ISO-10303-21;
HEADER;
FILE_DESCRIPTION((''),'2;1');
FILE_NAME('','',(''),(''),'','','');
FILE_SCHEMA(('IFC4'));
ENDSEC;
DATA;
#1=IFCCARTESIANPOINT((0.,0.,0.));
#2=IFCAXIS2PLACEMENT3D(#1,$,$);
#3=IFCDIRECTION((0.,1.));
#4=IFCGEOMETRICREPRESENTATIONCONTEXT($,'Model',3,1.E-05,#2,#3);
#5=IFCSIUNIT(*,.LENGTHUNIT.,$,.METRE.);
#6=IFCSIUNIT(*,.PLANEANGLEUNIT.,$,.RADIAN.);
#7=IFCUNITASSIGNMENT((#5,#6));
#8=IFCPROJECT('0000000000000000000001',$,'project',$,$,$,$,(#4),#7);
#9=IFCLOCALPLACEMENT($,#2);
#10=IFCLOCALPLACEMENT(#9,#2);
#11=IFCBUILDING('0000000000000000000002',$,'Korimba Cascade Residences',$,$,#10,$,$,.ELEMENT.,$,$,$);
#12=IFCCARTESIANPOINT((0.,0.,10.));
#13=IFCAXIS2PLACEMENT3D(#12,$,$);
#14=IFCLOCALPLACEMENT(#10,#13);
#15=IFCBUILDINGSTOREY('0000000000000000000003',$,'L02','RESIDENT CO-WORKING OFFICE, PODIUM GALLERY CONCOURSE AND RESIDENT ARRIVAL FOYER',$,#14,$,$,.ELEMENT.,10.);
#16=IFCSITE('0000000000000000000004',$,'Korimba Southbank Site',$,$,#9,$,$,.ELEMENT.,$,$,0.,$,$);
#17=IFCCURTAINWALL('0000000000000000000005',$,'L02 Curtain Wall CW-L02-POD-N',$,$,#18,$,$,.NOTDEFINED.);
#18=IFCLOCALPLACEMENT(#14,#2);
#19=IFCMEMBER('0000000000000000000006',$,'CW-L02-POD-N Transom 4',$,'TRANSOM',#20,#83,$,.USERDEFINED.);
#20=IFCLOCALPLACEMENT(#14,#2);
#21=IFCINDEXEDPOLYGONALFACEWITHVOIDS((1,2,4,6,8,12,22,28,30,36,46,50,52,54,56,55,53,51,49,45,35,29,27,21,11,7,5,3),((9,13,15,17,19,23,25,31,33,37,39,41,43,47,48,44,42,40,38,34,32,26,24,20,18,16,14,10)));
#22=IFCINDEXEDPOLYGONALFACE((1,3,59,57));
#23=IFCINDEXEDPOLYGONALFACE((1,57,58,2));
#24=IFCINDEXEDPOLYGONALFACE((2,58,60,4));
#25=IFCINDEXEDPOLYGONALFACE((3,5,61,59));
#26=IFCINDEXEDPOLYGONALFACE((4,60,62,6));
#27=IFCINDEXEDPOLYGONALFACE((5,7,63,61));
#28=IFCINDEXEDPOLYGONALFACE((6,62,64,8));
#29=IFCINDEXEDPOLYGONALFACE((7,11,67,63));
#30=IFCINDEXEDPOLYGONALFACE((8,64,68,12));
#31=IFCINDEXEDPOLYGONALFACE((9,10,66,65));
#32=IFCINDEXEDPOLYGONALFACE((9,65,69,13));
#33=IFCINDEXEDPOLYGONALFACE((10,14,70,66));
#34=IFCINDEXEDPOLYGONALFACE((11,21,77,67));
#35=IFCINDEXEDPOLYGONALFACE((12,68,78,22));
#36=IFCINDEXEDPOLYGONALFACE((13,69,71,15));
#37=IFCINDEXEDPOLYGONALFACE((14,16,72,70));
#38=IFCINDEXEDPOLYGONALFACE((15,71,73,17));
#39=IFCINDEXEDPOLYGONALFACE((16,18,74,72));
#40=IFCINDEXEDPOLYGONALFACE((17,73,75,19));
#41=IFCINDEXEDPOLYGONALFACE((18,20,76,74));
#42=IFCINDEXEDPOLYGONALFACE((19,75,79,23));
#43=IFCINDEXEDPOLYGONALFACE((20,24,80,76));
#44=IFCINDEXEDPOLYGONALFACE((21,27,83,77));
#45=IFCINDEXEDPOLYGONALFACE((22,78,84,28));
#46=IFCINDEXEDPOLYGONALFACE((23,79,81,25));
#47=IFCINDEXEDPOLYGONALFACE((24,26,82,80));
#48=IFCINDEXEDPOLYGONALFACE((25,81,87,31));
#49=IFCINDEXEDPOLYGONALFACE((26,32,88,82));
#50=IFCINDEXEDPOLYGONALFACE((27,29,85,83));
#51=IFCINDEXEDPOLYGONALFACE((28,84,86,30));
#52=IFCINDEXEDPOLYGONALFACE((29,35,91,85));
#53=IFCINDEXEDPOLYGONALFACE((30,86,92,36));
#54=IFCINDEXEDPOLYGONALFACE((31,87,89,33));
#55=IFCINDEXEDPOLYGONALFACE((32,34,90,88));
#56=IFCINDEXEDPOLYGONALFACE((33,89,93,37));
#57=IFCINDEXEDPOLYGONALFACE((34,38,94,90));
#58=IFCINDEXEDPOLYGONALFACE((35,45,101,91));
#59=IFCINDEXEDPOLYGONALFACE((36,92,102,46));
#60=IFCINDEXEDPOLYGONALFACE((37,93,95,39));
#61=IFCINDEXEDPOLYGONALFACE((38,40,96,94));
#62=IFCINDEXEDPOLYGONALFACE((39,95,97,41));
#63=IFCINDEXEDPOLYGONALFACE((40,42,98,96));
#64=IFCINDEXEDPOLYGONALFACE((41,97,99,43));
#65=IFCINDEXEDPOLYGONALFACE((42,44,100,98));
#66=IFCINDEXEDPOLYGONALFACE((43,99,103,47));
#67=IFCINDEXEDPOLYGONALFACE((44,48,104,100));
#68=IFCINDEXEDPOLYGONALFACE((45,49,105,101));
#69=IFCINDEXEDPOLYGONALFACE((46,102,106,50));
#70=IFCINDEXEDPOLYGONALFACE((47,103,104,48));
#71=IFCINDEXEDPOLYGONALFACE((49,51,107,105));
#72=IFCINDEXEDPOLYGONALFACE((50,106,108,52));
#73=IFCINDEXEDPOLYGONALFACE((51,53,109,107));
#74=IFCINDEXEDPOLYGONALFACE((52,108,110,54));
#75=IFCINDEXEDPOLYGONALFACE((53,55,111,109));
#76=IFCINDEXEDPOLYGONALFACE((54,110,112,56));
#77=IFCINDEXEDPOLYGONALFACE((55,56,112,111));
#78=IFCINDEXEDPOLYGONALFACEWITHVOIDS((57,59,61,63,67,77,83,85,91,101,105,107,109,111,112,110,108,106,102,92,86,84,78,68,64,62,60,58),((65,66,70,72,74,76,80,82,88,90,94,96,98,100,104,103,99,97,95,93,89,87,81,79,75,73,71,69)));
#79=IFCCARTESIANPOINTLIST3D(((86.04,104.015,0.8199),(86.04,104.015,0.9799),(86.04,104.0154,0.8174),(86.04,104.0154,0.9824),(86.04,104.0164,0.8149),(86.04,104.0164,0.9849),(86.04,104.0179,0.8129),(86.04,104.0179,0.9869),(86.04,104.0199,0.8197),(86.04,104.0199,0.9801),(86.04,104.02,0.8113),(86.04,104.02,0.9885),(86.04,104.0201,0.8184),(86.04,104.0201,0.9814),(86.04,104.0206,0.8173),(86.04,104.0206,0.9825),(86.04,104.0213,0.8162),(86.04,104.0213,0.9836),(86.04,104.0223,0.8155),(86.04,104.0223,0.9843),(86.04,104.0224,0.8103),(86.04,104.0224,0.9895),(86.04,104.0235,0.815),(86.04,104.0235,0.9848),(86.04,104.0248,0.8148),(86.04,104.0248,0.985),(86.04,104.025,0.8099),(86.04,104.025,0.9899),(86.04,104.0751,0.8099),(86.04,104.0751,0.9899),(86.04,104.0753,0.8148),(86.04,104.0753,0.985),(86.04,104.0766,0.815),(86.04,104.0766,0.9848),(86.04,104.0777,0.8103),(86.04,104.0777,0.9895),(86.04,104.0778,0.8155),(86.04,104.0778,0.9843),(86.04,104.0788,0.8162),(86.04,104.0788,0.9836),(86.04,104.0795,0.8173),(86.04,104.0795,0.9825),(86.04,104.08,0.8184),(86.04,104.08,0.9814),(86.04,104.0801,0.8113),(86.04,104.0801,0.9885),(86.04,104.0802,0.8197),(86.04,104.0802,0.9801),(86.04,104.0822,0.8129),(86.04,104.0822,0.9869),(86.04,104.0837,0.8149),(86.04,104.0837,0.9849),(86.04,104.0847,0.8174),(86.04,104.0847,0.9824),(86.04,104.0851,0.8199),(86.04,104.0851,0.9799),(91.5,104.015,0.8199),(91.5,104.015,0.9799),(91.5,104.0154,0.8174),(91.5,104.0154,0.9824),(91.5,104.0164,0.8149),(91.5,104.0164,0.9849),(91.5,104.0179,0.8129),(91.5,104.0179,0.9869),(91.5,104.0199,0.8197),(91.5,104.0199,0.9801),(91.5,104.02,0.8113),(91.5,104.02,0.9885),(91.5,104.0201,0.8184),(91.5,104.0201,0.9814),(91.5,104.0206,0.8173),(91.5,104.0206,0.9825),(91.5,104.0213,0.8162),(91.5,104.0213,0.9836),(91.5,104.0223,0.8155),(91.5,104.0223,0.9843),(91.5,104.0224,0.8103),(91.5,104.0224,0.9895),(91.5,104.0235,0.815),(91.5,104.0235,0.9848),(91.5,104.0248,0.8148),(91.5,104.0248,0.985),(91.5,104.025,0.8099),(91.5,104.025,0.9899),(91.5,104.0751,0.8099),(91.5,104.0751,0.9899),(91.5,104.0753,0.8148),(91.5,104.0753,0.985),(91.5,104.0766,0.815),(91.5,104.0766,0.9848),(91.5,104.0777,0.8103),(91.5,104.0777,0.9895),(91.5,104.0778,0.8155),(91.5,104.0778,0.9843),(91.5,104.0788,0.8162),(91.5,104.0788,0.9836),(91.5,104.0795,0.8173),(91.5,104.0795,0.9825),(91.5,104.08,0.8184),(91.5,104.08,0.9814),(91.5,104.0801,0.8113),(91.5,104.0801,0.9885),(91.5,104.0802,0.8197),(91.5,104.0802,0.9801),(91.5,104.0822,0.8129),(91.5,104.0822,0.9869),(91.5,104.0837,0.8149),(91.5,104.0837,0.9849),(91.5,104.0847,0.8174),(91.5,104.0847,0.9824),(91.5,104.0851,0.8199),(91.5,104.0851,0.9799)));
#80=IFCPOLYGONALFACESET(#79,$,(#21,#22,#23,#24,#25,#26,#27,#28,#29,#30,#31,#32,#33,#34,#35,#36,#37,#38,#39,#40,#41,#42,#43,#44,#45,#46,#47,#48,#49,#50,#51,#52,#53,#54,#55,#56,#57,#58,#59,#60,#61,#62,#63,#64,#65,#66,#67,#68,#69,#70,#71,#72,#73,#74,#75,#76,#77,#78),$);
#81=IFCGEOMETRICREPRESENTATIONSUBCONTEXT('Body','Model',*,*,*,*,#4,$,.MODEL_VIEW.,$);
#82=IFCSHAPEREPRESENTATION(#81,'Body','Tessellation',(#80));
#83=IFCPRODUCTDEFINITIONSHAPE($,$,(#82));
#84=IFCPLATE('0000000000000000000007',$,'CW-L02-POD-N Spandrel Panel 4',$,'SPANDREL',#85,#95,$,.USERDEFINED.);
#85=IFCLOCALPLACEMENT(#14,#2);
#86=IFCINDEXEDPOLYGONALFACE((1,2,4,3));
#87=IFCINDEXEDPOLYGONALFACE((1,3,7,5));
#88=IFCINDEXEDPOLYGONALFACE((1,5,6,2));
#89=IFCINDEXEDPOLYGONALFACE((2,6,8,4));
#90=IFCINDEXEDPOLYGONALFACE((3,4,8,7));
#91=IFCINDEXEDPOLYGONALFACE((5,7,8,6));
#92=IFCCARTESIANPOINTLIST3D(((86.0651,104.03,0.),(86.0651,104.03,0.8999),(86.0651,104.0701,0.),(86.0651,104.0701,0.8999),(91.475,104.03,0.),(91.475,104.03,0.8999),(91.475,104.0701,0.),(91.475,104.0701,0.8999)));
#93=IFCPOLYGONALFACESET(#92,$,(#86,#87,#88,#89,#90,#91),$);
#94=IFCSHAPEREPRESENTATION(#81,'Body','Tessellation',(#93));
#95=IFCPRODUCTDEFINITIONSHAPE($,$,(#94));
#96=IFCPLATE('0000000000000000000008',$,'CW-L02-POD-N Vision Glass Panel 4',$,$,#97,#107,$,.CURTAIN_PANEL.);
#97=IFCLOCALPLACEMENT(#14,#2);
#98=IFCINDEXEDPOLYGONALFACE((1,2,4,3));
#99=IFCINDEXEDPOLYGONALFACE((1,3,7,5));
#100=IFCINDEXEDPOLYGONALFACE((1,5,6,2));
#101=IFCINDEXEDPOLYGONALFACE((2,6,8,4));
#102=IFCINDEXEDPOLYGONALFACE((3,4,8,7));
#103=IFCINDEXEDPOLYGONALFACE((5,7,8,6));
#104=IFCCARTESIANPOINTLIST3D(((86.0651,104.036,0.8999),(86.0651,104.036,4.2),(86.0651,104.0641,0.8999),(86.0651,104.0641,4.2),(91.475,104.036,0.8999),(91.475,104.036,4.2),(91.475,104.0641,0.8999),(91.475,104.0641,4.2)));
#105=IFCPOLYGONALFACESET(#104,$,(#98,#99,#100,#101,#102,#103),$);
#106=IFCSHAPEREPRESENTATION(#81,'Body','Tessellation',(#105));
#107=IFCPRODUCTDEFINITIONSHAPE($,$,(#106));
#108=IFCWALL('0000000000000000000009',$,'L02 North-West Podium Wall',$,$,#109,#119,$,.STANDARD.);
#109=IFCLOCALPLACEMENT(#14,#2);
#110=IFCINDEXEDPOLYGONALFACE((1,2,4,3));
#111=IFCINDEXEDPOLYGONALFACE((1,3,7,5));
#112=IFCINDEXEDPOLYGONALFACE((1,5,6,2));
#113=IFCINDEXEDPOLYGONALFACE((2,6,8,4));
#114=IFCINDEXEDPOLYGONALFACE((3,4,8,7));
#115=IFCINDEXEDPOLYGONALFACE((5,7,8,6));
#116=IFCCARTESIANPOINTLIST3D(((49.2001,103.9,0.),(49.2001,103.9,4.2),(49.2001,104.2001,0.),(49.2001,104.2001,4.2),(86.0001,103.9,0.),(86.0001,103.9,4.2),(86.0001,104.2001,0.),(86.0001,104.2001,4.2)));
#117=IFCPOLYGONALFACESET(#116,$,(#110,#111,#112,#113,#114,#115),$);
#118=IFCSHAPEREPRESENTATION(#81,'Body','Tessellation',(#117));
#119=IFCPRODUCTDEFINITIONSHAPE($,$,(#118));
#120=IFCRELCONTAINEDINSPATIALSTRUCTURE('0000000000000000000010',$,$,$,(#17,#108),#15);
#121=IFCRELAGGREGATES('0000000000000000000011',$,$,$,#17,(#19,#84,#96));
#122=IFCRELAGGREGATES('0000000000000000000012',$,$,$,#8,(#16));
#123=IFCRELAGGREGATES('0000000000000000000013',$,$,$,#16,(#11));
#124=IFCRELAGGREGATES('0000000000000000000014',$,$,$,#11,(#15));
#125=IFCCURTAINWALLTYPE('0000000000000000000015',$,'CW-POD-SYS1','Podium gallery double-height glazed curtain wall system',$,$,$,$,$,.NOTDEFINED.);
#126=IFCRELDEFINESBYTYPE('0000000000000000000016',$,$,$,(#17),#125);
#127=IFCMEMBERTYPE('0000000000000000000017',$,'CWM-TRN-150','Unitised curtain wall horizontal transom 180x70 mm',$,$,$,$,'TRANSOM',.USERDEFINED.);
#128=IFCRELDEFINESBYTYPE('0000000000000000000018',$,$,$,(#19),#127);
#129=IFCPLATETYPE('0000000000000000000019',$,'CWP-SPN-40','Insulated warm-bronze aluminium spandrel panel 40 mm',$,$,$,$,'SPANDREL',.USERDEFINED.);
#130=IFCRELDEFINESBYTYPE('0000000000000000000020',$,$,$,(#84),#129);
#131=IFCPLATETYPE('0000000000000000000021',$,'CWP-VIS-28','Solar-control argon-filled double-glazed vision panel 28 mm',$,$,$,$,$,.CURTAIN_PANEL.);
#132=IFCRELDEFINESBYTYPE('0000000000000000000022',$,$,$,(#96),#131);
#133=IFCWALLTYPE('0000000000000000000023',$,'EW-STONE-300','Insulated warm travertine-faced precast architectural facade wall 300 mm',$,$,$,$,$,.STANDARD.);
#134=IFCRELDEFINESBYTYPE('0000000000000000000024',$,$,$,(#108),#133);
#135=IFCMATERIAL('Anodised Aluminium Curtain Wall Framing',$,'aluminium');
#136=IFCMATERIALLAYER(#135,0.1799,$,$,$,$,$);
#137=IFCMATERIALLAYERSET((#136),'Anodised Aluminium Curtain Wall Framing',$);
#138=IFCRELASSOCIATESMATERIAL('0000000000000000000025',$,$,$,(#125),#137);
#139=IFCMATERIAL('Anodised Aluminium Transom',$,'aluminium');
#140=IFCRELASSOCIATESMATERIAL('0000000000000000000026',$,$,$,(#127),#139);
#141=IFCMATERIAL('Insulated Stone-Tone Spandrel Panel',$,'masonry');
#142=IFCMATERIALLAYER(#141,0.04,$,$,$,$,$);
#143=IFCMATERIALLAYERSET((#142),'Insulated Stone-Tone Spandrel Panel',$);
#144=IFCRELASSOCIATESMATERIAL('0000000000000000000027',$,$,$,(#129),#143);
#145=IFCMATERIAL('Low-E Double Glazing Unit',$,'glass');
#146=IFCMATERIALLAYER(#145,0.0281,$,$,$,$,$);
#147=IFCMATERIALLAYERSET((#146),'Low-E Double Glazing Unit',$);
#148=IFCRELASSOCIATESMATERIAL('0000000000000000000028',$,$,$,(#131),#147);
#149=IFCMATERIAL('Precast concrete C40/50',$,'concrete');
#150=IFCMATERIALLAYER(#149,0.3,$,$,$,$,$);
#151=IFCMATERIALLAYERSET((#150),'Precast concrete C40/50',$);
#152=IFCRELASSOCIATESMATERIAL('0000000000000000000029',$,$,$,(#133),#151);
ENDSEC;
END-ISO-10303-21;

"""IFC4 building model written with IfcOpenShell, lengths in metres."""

from ifc_helpers import new_model, si_unit, direction, frame, frame_2d, origin, origin_2d, place, context, subcontext, project, spatial, rectangle, hollow_rectangle, extrude, material, layer, layer_set, material_profile, profile_set, type_object, element, aggregate, save


model = new_model("IFC4")

# Units and contexts
model_context = context("Model", 3, precision=1e-05, world=origin(), true_north=direction((0.0, 1.0)))
body_context = subcontext(model_context, "Body", "Model", "MODEL_VIEW")
ifc_project = project(units=[si_unit("LENGTHUNIT", "METRE"), si_unit("PLANEANGLEUNIT", "RADIAN")], contexts=[model_context])

# Site, building, storey
site_placement = place(None, origin())
site = spatial("IfcSite", under=ifc_project, at=site_placement, Name="Korimba Southbank Site", CompositionType="ELEMENT", RefElevation=0.0)
building_placement = place(site_placement, origin())
building = spatial("IfcBuilding", under=site, at=building_placement, Name="Korimba Cascade Residences", CompositionType="ELEMENT")
storey_placement = place(building_placement, frame((0.0, 0.0, 10.0)))
storey = spatial("IfcBuildingStorey", under=building, at=storey_placement, Name="L02", Description="RESIDENT CO-WORKING OFFICE, PODIUM GALLERY CONCOURSE AND RESIDENT ARRIVAL FOYER", CompositionType="ELEMENT", Elevation=10.0)

# Curtain wall, member, plates
ifc_material_1 = material(Name="Anodised Aluminium Curtain Wall Framing", Category="aluminium")
ifc_layer_1 = layer(ifc_material_1, 0.1799)
ifc_layer_set_1 = layer_set([ifc_layer_1], Name="Anodised Aluminium Curtain Wall Framing")
curtain_wall_type = type_object("IfcCurtainWallType", Name="CW-POD-SYS1", Description="Podium gallery double-height glazed curtain wall system", PredefinedType="NOTDEFINED", material=ifc_layer_set_1)
curtain_wall_placement = place(storey_placement, origin())
curtain_wall = element("IfcCurtainWall", 1, at=curtain_wall_placement, inside=storey, type_object=curtain_wall_type, Name="L02 Curtain Wall CW-L02-POD-N", PredefinedType="NOTDEFINED")
ifc_material_2 = material(Name="Anodised Aluminium Transom", Category="aluminium")
ifc_material_profile_1 = material_profile(ifc_material_2, hollow_rectangle(XDim=0.0701, YDim=0.1799, WallThickness=0.0049, InnerFilletRadius=0.0049, OuterFilletRadius=0.01, at=origin_2d()), Name="Anodised Aluminium Transom")
ifc_profile_set_1 = profile_set([ifc_material_profile_1], Name="Anodised Aluminium Transom")
member_type_1 = type_object("IfcMemberType", Name="CWM-TRN-150", Description="Unitised curtain wall horizontal transom 180x70 mm", ElementType="TRANSOM", PredefinedType="USERDEFINED", material=ifc_profile_set_1)
member_1_placement = place(storey_placement, frame((91.5, 104.05, 0.8999), z_axis=(-1.0, 0.0, 0.0), x_axis=(0.0, -1.0, 0.0)))
member_1 = element("IfcMember", 2, at=member_1_placement, type_object=member_type_1, Name="CW-L02-POD-N Transom 4", ObjectType="TRANSOM", PredefinedType="USERDEFINED", context=body_context, shape_type="SweptSolid", body=[
    extrude(hollow_rectangle(XDim=0.0701, YDim=0.1799, WallThickness=0.0049, InnerFilletRadius=0.0049, OuterFilletRadius=0.01, at=origin_2d()), origin(), (0.0, 0.0, 1.0), 5.46),
])
ifc_material_3 = material(Name="Insulated Stone-Tone Spandrel Panel", Category="masonry")
ifc_layer_2 = layer(ifc_material_3, 0.04)
ifc_layer_set_2 = layer_set([ifc_layer_2], Name="Insulated Stone-Tone Spandrel Panel")
plate_type_1 = type_object("IfcPlateType", Name="CWP-SPN-40", Description="Insulated warm-bronze aluminium spandrel panel 40 mm", ElementType="SPANDREL", PredefinedType="USERDEFINED", material=ifc_layer_set_2)
plate_1_placement = place(storey_placement, frame((88.77, 104.05, 0.0), z_axis=(0.0, 0.0, 1.0), x_axis=(-1.0, 0.0, 0.0)))
plate_1 = element("IfcPlate", 3, at=plate_1_placement, type_object=plate_type_1, Name="CW-L02-POD-N Spandrel Panel 4", ObjectType="SPANDREL", PredefinedType="USERDEFINED", context=body_context, shape_type="SweptSolid", body=[
    extrude(rectangle(XDim=5.4099, YDim=0.04, at=origin_2d()), origin(), (0.0, 0.0, 1.0), 0.8999),
])
ifc_material_4 = material(Name="Low-E Double Glazing Unit", Category="glass")
ifc_layer_3 = layer(ifc_material_4, 0.0281)
ifc_layer_set_3 = layer_set([ifc_layer_3], Name="Low-E Double Glazing Unit")
plate_type_2 = type_object("IfcPlateType", Name="CWP-VIS-28", Description="Solar-control argon-filled double-glazed vision panel 28 mm", PredefinedType="CURTAIN_PANEL", material=ifc_layer_set_3)
plate_2_placement = place(storey_placement, frame((88.77, 104.05, 0.8999), z_axis=(0.0, 0.0, 1.0), x_axis=(-1.0, 0.0, 0.0)))
plate_2 = element("IfcPlate", 4, at=plate_2_placement, type_object=plate_type_2, Name="CW-L02-POD-N Vision Glass Panel 4", PredefinedType="CURTAIN_PANEL", context=body_context, shape_type="SweptSolid", body=[
    extrude(rectangle(XDim=5.4099, YDim=0.0281, at=origin_2d()), origin(), (0.0, 0.0, 1.0), 3.3),
])
aggregate(curtain_wall, [member_1, plate_1, plate_2])

# Wall
ifc_material_5 = material(Name="Precast concrete C40/50", Category="concrete")
ifc_layer_4 = layer(ifc_material_5, 0.3)
ifc_layer_set_4 = layer_set([ifc_layer_4], Name="Precast concrete C40/50")
wall_type_1 = type_object("IfcWallType", Name="EW-STONE-300", Description="Insulated warm travertine-faced precast architectural facade wall 300 mm", PredefinedType="STANDARD", material=ifc_layer_set_4)
wall_1_placement = place(storey_placement, frame((86.0, 104.05, 0.0), z_axis=(0.0, 0.0, 1.0), x_axis=(-1.0, 0.0, 0.0)))
element("IfcWall", 5, at=wall_1_placement, inside=storey, type_object=wall_type_1, Name="L02 North-West Podium Wall", PredefinedType="STANDARD", context=body_context, shape_type="SweptSolid", body=[
    extrude(rectangle(XDim=36.8, YDim=0.3, at=frame_2d((18.3999, 0.0))), origin(), (0.0, 0.0, 1.0), 4.2),
])

save(model, "model.ifc")
